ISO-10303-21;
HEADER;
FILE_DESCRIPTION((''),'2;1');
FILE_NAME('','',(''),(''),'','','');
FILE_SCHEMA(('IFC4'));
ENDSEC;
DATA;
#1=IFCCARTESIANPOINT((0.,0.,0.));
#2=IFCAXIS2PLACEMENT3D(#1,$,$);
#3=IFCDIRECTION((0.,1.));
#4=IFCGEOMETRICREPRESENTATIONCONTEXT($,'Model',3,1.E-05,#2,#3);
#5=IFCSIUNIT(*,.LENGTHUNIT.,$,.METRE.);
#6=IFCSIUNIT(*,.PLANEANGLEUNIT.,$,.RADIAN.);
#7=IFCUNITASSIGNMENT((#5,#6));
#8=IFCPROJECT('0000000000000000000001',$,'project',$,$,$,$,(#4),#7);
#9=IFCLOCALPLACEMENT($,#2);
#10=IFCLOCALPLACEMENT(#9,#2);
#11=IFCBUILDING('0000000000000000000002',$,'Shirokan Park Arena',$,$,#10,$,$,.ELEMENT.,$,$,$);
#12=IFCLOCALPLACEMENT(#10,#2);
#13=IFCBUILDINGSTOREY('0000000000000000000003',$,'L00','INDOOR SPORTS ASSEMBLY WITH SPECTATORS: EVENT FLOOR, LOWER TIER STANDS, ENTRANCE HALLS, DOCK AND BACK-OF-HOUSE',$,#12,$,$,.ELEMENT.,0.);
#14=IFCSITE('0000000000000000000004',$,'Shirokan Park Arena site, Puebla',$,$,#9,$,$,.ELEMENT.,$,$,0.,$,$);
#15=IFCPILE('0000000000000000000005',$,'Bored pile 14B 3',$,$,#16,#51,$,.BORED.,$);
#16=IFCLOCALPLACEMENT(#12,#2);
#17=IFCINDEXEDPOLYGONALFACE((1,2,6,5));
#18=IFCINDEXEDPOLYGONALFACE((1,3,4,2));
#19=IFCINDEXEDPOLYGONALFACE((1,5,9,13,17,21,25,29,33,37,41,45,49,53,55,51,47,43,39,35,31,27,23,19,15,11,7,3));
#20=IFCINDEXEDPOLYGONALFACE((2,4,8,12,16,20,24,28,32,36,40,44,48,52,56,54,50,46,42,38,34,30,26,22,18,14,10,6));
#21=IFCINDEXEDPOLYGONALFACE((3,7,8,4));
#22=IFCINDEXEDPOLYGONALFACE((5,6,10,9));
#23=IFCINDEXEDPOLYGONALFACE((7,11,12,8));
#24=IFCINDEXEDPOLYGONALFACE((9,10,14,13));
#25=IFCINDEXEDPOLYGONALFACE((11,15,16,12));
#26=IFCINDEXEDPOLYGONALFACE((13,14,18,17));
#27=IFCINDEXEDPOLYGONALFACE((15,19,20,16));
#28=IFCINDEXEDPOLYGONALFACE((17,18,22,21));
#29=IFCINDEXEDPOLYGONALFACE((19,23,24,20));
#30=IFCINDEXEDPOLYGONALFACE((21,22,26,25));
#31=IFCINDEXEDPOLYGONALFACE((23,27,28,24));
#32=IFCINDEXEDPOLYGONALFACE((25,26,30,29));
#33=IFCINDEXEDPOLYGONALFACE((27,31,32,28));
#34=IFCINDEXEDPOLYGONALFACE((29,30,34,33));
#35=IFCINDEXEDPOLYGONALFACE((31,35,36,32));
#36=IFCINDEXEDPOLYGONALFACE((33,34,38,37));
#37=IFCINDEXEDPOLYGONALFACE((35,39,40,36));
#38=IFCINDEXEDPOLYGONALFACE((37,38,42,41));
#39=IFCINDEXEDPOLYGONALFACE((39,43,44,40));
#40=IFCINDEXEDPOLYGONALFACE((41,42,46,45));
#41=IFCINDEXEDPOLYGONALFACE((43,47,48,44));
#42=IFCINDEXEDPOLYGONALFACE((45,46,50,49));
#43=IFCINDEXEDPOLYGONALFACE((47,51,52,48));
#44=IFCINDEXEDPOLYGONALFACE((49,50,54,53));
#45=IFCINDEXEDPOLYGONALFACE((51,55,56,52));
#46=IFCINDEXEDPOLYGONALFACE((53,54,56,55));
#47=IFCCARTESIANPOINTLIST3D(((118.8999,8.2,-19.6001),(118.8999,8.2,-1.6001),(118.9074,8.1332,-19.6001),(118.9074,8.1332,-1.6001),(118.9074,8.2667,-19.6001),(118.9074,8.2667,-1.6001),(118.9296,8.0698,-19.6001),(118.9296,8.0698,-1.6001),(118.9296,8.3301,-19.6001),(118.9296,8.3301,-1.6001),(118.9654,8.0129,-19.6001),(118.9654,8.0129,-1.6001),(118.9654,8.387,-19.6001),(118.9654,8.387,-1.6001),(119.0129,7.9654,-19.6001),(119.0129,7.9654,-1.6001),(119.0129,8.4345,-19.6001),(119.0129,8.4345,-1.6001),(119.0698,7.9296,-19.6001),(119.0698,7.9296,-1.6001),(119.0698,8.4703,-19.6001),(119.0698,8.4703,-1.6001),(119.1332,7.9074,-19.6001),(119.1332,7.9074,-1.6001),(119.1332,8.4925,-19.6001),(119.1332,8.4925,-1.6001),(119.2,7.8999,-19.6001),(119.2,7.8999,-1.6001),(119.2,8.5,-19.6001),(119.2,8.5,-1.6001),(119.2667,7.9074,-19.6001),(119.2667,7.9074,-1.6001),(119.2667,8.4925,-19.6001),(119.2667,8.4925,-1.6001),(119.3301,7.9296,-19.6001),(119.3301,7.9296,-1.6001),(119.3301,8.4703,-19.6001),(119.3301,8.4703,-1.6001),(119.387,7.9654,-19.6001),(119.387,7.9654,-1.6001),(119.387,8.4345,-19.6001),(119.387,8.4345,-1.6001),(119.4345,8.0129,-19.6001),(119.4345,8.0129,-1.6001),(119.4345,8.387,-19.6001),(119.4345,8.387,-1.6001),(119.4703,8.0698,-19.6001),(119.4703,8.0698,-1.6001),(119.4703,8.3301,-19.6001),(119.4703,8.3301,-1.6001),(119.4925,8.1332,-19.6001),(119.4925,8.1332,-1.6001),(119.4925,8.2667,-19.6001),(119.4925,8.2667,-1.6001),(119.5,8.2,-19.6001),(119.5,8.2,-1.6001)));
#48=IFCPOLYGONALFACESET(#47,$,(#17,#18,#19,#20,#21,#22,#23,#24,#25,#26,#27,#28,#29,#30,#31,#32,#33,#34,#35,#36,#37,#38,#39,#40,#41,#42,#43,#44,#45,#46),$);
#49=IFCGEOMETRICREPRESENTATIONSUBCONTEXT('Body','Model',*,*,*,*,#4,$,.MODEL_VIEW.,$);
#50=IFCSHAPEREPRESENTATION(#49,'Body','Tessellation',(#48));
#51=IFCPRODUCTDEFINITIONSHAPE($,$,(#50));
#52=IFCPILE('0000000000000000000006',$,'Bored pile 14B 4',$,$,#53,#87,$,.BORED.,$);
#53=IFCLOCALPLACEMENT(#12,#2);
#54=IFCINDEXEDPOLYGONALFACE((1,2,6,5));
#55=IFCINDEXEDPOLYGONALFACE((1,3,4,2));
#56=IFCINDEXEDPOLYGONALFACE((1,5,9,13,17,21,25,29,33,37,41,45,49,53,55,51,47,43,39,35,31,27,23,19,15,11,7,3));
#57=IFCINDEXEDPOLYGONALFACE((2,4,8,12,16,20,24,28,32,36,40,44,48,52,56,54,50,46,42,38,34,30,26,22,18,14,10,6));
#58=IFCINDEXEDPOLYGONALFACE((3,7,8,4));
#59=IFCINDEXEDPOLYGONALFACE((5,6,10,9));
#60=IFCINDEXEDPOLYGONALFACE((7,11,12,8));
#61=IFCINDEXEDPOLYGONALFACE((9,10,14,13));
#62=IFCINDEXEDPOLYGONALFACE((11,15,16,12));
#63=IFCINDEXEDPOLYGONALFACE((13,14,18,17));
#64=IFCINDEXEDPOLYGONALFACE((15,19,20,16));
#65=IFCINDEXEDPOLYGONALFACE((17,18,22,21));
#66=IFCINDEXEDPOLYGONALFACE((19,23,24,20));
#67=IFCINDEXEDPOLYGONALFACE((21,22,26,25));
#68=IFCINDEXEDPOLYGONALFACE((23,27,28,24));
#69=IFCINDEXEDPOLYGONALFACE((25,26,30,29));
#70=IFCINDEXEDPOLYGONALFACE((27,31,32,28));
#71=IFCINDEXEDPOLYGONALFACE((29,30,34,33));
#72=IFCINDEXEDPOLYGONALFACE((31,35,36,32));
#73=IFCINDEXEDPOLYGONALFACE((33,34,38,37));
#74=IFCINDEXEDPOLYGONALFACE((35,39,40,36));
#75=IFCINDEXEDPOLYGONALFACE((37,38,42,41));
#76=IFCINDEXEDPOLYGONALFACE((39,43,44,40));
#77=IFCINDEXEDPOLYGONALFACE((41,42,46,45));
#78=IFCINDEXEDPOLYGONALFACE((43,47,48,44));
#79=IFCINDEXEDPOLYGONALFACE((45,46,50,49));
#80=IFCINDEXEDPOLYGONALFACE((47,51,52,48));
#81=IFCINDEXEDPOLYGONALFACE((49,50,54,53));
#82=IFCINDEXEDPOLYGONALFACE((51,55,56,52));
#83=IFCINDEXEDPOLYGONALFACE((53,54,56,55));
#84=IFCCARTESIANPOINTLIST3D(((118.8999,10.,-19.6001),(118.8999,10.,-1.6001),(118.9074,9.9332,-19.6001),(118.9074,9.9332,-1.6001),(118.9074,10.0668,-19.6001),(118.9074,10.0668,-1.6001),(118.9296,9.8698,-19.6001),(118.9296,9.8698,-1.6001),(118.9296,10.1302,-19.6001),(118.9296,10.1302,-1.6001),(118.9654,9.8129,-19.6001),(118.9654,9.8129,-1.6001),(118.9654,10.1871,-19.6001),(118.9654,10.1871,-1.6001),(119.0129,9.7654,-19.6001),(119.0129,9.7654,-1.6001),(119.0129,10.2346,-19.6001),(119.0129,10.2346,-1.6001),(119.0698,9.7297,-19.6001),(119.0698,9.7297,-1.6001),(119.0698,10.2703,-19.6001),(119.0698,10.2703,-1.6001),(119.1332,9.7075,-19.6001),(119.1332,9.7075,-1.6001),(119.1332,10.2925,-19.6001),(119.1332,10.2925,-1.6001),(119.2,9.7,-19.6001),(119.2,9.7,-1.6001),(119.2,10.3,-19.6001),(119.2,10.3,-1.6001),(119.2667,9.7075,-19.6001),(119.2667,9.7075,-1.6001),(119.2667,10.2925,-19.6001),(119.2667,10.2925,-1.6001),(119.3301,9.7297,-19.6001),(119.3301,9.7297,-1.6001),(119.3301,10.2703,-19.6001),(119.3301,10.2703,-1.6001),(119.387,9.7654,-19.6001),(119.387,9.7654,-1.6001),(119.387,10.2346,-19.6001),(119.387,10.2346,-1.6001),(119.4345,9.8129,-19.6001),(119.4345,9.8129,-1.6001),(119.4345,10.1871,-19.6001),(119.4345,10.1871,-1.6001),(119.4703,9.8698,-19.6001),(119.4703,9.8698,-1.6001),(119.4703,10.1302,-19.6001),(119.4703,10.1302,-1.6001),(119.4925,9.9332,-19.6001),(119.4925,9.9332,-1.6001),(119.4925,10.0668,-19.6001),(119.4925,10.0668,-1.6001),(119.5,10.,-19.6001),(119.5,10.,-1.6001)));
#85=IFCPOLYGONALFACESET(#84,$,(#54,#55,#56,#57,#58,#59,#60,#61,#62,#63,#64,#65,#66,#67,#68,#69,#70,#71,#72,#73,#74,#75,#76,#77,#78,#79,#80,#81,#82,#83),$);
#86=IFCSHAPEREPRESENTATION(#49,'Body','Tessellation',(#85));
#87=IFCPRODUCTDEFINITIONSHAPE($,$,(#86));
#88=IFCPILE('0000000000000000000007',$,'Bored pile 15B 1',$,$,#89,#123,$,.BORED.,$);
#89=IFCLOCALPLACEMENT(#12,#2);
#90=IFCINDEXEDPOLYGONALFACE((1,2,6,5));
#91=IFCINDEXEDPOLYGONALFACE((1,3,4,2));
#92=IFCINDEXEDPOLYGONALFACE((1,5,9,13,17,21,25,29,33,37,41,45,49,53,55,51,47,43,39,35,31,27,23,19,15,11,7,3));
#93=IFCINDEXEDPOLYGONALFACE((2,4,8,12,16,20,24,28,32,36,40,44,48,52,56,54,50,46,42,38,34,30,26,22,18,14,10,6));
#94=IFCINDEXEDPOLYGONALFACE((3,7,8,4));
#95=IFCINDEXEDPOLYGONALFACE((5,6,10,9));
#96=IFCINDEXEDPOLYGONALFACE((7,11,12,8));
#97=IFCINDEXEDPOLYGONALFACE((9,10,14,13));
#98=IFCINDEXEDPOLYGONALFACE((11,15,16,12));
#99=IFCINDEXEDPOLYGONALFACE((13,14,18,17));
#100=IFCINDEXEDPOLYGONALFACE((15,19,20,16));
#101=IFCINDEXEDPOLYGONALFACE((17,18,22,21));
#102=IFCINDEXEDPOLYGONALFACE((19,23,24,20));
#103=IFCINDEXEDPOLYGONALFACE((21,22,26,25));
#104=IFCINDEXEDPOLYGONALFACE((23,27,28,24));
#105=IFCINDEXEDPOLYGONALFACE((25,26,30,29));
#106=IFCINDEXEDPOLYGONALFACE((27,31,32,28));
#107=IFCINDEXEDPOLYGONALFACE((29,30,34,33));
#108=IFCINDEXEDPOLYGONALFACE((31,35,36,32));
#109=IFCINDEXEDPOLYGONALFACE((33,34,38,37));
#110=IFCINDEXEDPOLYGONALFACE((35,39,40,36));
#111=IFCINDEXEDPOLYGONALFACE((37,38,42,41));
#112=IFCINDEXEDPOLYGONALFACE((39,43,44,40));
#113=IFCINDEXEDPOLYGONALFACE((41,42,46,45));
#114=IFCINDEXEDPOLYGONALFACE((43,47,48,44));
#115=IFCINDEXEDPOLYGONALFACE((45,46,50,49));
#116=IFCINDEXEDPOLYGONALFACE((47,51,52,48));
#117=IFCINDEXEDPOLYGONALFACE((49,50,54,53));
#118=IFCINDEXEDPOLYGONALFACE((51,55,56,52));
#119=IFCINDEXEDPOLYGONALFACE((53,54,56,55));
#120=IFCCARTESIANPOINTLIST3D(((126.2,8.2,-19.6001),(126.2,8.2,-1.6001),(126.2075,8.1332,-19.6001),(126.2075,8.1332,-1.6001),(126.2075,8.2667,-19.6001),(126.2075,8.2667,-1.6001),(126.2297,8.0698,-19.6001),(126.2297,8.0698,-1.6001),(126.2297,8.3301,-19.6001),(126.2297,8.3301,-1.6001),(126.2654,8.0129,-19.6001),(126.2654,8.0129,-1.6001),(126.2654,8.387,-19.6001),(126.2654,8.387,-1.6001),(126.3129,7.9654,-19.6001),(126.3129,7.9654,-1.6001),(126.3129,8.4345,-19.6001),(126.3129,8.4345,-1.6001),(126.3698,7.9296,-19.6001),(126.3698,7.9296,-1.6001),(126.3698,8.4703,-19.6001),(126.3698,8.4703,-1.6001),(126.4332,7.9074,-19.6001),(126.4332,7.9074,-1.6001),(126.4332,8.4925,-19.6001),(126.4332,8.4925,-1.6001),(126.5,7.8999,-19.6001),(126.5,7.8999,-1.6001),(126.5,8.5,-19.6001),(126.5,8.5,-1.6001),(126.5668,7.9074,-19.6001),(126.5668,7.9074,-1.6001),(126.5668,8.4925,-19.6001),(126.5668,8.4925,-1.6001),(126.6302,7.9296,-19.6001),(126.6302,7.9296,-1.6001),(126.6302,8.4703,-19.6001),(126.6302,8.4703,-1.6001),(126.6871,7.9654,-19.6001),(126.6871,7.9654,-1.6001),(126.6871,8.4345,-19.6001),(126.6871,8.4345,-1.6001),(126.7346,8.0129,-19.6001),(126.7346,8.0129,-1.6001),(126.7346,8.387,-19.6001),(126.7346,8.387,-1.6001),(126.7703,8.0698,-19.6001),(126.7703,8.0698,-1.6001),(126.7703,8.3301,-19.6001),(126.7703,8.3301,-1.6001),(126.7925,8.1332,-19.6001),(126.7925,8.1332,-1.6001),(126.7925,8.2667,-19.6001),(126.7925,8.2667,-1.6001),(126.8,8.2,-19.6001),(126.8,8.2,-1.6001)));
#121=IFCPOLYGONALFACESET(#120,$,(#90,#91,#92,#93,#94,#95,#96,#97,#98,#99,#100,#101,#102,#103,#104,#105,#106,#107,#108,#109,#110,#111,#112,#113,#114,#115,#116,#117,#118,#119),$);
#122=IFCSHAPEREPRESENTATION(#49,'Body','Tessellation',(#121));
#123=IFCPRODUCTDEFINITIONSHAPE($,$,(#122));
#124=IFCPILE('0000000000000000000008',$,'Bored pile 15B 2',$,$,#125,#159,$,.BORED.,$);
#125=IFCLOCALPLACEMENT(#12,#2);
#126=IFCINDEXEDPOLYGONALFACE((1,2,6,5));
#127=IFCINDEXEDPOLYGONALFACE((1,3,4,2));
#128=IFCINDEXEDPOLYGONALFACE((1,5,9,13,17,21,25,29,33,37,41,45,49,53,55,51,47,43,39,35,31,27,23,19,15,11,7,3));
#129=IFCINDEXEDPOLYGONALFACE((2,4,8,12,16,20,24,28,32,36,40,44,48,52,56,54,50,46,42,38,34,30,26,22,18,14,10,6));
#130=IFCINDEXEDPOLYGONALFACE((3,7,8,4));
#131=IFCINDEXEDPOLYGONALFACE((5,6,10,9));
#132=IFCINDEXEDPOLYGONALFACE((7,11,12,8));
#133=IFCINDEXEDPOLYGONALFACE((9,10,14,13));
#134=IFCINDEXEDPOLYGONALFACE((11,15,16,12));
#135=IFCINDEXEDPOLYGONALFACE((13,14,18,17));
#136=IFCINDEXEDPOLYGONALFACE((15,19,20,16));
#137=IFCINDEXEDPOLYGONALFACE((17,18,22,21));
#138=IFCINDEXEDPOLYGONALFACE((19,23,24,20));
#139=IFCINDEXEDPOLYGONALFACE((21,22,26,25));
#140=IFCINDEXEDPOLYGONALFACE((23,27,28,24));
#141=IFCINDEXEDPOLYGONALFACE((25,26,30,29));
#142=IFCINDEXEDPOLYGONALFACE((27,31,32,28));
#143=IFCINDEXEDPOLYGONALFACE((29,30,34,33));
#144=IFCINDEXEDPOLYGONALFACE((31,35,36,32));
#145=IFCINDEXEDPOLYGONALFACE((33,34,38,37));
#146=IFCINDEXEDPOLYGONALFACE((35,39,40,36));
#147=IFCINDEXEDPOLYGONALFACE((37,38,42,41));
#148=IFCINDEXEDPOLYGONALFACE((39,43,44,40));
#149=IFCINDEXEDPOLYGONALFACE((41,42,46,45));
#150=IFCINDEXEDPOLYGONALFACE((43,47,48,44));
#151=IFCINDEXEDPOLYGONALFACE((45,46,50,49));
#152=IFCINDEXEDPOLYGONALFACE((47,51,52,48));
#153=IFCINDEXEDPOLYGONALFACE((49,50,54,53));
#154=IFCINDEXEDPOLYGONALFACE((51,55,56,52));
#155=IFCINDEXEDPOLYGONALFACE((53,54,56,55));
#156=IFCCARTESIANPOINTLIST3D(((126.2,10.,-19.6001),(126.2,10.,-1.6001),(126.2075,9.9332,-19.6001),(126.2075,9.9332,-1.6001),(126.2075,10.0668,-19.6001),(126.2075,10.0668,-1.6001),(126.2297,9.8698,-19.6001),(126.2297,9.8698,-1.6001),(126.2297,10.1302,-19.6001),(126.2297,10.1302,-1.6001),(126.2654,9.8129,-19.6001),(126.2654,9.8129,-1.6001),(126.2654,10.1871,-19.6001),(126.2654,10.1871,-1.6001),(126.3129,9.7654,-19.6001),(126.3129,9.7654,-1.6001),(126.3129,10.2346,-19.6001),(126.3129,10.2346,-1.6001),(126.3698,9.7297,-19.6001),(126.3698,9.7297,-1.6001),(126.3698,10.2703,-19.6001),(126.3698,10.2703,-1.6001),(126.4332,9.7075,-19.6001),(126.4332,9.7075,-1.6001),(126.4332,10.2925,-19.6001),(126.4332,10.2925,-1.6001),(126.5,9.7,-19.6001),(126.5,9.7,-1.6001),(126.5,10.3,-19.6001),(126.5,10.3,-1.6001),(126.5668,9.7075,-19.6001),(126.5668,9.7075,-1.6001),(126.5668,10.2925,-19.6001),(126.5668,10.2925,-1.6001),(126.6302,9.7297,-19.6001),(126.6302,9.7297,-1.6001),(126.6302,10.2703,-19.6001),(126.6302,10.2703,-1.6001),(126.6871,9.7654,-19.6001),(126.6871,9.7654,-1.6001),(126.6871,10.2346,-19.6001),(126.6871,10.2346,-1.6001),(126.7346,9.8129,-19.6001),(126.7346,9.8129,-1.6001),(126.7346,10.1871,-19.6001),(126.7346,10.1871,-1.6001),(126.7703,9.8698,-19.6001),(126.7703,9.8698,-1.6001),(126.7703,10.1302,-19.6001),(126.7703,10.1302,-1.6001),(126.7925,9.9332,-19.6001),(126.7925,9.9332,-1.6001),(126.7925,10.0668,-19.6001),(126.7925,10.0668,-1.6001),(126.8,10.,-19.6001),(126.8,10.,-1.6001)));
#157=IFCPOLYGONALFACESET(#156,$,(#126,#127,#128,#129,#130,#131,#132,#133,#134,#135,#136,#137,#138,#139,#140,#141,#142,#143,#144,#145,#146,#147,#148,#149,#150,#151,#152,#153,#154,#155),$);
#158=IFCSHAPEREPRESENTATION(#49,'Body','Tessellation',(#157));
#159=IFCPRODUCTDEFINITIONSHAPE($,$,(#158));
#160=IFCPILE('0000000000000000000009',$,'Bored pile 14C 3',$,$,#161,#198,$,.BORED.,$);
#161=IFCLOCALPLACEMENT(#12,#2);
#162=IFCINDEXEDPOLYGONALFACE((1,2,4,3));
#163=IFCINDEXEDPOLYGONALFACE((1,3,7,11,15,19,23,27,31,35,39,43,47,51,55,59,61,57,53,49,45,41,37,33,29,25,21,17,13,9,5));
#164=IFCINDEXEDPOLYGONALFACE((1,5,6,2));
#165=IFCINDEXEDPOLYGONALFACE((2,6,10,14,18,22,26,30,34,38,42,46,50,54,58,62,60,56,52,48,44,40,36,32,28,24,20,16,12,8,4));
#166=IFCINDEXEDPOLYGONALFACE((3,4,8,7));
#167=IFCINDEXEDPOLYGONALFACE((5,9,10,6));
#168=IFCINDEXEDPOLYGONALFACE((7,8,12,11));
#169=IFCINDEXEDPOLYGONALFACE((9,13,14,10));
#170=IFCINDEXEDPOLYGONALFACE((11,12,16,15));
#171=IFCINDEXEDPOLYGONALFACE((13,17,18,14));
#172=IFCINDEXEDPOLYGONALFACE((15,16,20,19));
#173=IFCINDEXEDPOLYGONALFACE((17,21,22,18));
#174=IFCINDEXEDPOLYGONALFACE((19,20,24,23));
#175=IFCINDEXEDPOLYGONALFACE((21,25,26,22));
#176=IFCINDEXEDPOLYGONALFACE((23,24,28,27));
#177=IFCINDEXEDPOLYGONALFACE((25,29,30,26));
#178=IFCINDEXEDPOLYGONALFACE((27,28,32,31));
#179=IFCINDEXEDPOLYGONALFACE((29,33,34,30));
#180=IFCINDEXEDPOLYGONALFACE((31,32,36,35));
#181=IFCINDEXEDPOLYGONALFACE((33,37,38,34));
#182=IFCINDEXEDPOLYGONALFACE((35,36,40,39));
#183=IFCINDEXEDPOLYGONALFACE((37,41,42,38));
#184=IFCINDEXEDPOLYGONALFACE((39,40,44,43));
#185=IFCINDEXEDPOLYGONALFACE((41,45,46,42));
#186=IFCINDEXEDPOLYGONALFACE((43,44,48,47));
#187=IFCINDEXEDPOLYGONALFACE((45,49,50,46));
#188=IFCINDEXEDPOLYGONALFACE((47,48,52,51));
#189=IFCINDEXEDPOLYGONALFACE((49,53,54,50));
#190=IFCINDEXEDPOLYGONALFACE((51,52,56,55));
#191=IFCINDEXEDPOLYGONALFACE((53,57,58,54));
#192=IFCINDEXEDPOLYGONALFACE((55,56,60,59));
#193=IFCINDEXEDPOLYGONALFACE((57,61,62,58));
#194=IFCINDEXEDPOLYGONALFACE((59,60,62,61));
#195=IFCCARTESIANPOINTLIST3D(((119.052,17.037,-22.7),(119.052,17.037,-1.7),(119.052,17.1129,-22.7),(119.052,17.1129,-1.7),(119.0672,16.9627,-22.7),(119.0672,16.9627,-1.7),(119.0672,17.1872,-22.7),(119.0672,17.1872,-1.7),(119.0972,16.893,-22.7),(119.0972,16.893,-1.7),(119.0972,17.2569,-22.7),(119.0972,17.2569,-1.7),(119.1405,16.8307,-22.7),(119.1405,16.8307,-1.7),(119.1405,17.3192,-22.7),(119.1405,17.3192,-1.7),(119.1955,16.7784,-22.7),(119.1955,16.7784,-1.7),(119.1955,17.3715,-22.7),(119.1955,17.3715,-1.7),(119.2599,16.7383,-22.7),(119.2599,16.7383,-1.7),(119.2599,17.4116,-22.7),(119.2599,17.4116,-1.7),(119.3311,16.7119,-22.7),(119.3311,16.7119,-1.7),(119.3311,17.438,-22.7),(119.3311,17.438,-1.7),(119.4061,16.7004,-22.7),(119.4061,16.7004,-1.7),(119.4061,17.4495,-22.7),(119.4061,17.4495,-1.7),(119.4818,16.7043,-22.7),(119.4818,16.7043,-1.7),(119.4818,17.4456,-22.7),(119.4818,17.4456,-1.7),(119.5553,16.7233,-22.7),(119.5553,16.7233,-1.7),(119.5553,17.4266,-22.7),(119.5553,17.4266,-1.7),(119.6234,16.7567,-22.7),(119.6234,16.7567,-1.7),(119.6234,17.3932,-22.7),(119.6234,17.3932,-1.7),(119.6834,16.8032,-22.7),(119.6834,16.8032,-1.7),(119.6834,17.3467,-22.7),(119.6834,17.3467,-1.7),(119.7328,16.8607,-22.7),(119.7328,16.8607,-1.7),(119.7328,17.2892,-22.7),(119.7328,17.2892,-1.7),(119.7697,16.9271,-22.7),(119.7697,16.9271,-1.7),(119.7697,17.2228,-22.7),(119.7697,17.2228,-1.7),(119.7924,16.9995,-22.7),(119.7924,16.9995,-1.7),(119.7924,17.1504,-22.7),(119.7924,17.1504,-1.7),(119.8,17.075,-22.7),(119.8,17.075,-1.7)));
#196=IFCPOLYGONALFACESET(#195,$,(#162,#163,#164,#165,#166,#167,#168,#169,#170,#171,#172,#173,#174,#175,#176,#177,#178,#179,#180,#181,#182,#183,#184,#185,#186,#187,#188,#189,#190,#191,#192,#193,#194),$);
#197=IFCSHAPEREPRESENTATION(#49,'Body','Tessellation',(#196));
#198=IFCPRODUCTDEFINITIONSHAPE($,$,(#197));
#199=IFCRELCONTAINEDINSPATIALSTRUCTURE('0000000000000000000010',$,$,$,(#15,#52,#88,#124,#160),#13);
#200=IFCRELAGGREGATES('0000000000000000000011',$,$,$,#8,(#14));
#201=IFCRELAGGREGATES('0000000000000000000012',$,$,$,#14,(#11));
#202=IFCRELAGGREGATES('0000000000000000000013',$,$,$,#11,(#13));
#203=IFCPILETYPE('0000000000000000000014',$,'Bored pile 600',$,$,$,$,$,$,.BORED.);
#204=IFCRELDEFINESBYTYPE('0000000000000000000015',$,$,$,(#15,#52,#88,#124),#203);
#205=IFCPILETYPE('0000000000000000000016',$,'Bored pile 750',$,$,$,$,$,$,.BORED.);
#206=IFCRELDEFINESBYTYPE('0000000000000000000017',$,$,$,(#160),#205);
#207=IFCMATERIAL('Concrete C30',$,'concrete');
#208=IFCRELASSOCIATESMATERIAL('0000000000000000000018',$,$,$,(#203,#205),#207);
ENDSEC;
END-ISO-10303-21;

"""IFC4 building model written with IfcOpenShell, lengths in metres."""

from ifc_helpers import new_model, si_unit, direction, frame, origin, origin_2d, place, context, subcontext, project, spatial, circle, extrude, material, material_profile, profile_set, type_object, element, save


model = new_model("IFC4")

# Units and contexts
model_context = context("Model", 3, precision=1e-05, world=origin(), true_north=direction((0.0, 1.0)))
body_context = subcontext(model_context, "Body", "Model", "MODEL_VIEW")
ifc_project = project(units=[si_unit("LENGTHUNIT", "METRE"), si_unit("PLANEANGLEUNIT", "RADIAN")], contexts=[model_context])

# Site, building, storey
site_placement = place(None, origin())
site = spatial("IfcSite", under=ifc_project, at=site_placement, Name="Shirokan Park Arena site, Puebla", CompositionType="ELEMENT", RefElevation=0.0)
building_placement = place(site_placement, origin())
building = spatial("IfcBuilding", under=site, at=building_placement, Name="Shirokan Park Arena", CompositionType="ELEMENT")
storey_placement = place(building_placement, origin())
storey = spatial("IfcBuildingStorey", under=building, at=storey_placement, Name="L00", Description="INDOOR SPORTS ASSEMBLY WITH SPECTATORS: EVENT FLOOR, LOWER TIER STANDS, ENTRANCE HALLS, DOCK AND BACK-OF-HOUSE", CompositionType="ELEMENT", Elevation=0.0)

# Piles
ifc_material_1 = material(Name="Concrete C30", Category="concrete")
ifc_material_profile_1 = material_profile(ifc_material_1, circle(Radius=0.3, at=origin_2d()), Name="D600")
ifc_profile_set_1 = profile_set([ifc_material_profile_1], Name="Concrete C30")
pile_type_1 = type_object("IfcPileType", Name="Bored pile 600", PredefinedType="BORED", material=ifc_profile_set_1)
for number, where, z_axis, x_axis, name in (
    (1, (119.2, 8.2, -1.6001), (0.0, 0.0, -1.0), (1.0, 0.0, 0.0), "Bored pile 14B 3"),
    (2, (119.2, 10.0, -1.6001), (0.0, 0.0, -1.0), (1.0, 0.0, 0.0), "Bored pile 14B 4"),
    (3, (126.5, 8.2, -1.6001), (0.0, 0.0, -1.0), (1.0, 0.0, 0.0), "Bored pile 15B 1"),
    (4, (126.5, 10.0, -1.6001), (0.0, 0.0, -1.0), (1.0, 0.0, 0.0), "Bored pile 15B 2"),
):
    element("IfcPile", number, at=place(storey_placement, frame(where, z_axis=z_axis, x_axis=x_axis)), inside=storey, type_object=pile_type_1, Name=name, PredefinedType="BORED", context=body_context, shape_type="SweptSolid", body=[
        extrude(circle(Radius=0.3, at=origin_2d()), origin(), (0.0, 0.0, 1.0), 18.0),
    ])
ifc_material_profile_2 = material_profile(ifc_material_1, circle(Radius=0.375, at=origin_2d()), Name="D750")
ifc_profile_set_2 = profile_set([ifc_material_profile_2], Name="Concrete C30")
pile_type_2 = type_object("IfcPileType", Name="Bored pile 750", PredefinedType="BORED", material=ifc_profile_set_2)
for number, where, z_axis, x_axis, name in (
    (5, (119.425, 17.075, -1.7), (0.0, 0.0, -1.0), (1.0, 0.0, 0.0), "Bored pile 14C 3"),
):
    element("IfcPile", number, at=place(storey_placement, frame(where, z_axis=z_axis, x_axis=x_axis)), inside=storey, type_object=pile_type_2, Name=name, PredefinedType="BORED", context=body_context, shape_type="SweptSolid", body=[
        extrude(circle(Radius=0.375, at=origin_2d()), origin(), (0.0, 0.0, 1.0), 21.0),
    ])

save(model, "model.ifc")
